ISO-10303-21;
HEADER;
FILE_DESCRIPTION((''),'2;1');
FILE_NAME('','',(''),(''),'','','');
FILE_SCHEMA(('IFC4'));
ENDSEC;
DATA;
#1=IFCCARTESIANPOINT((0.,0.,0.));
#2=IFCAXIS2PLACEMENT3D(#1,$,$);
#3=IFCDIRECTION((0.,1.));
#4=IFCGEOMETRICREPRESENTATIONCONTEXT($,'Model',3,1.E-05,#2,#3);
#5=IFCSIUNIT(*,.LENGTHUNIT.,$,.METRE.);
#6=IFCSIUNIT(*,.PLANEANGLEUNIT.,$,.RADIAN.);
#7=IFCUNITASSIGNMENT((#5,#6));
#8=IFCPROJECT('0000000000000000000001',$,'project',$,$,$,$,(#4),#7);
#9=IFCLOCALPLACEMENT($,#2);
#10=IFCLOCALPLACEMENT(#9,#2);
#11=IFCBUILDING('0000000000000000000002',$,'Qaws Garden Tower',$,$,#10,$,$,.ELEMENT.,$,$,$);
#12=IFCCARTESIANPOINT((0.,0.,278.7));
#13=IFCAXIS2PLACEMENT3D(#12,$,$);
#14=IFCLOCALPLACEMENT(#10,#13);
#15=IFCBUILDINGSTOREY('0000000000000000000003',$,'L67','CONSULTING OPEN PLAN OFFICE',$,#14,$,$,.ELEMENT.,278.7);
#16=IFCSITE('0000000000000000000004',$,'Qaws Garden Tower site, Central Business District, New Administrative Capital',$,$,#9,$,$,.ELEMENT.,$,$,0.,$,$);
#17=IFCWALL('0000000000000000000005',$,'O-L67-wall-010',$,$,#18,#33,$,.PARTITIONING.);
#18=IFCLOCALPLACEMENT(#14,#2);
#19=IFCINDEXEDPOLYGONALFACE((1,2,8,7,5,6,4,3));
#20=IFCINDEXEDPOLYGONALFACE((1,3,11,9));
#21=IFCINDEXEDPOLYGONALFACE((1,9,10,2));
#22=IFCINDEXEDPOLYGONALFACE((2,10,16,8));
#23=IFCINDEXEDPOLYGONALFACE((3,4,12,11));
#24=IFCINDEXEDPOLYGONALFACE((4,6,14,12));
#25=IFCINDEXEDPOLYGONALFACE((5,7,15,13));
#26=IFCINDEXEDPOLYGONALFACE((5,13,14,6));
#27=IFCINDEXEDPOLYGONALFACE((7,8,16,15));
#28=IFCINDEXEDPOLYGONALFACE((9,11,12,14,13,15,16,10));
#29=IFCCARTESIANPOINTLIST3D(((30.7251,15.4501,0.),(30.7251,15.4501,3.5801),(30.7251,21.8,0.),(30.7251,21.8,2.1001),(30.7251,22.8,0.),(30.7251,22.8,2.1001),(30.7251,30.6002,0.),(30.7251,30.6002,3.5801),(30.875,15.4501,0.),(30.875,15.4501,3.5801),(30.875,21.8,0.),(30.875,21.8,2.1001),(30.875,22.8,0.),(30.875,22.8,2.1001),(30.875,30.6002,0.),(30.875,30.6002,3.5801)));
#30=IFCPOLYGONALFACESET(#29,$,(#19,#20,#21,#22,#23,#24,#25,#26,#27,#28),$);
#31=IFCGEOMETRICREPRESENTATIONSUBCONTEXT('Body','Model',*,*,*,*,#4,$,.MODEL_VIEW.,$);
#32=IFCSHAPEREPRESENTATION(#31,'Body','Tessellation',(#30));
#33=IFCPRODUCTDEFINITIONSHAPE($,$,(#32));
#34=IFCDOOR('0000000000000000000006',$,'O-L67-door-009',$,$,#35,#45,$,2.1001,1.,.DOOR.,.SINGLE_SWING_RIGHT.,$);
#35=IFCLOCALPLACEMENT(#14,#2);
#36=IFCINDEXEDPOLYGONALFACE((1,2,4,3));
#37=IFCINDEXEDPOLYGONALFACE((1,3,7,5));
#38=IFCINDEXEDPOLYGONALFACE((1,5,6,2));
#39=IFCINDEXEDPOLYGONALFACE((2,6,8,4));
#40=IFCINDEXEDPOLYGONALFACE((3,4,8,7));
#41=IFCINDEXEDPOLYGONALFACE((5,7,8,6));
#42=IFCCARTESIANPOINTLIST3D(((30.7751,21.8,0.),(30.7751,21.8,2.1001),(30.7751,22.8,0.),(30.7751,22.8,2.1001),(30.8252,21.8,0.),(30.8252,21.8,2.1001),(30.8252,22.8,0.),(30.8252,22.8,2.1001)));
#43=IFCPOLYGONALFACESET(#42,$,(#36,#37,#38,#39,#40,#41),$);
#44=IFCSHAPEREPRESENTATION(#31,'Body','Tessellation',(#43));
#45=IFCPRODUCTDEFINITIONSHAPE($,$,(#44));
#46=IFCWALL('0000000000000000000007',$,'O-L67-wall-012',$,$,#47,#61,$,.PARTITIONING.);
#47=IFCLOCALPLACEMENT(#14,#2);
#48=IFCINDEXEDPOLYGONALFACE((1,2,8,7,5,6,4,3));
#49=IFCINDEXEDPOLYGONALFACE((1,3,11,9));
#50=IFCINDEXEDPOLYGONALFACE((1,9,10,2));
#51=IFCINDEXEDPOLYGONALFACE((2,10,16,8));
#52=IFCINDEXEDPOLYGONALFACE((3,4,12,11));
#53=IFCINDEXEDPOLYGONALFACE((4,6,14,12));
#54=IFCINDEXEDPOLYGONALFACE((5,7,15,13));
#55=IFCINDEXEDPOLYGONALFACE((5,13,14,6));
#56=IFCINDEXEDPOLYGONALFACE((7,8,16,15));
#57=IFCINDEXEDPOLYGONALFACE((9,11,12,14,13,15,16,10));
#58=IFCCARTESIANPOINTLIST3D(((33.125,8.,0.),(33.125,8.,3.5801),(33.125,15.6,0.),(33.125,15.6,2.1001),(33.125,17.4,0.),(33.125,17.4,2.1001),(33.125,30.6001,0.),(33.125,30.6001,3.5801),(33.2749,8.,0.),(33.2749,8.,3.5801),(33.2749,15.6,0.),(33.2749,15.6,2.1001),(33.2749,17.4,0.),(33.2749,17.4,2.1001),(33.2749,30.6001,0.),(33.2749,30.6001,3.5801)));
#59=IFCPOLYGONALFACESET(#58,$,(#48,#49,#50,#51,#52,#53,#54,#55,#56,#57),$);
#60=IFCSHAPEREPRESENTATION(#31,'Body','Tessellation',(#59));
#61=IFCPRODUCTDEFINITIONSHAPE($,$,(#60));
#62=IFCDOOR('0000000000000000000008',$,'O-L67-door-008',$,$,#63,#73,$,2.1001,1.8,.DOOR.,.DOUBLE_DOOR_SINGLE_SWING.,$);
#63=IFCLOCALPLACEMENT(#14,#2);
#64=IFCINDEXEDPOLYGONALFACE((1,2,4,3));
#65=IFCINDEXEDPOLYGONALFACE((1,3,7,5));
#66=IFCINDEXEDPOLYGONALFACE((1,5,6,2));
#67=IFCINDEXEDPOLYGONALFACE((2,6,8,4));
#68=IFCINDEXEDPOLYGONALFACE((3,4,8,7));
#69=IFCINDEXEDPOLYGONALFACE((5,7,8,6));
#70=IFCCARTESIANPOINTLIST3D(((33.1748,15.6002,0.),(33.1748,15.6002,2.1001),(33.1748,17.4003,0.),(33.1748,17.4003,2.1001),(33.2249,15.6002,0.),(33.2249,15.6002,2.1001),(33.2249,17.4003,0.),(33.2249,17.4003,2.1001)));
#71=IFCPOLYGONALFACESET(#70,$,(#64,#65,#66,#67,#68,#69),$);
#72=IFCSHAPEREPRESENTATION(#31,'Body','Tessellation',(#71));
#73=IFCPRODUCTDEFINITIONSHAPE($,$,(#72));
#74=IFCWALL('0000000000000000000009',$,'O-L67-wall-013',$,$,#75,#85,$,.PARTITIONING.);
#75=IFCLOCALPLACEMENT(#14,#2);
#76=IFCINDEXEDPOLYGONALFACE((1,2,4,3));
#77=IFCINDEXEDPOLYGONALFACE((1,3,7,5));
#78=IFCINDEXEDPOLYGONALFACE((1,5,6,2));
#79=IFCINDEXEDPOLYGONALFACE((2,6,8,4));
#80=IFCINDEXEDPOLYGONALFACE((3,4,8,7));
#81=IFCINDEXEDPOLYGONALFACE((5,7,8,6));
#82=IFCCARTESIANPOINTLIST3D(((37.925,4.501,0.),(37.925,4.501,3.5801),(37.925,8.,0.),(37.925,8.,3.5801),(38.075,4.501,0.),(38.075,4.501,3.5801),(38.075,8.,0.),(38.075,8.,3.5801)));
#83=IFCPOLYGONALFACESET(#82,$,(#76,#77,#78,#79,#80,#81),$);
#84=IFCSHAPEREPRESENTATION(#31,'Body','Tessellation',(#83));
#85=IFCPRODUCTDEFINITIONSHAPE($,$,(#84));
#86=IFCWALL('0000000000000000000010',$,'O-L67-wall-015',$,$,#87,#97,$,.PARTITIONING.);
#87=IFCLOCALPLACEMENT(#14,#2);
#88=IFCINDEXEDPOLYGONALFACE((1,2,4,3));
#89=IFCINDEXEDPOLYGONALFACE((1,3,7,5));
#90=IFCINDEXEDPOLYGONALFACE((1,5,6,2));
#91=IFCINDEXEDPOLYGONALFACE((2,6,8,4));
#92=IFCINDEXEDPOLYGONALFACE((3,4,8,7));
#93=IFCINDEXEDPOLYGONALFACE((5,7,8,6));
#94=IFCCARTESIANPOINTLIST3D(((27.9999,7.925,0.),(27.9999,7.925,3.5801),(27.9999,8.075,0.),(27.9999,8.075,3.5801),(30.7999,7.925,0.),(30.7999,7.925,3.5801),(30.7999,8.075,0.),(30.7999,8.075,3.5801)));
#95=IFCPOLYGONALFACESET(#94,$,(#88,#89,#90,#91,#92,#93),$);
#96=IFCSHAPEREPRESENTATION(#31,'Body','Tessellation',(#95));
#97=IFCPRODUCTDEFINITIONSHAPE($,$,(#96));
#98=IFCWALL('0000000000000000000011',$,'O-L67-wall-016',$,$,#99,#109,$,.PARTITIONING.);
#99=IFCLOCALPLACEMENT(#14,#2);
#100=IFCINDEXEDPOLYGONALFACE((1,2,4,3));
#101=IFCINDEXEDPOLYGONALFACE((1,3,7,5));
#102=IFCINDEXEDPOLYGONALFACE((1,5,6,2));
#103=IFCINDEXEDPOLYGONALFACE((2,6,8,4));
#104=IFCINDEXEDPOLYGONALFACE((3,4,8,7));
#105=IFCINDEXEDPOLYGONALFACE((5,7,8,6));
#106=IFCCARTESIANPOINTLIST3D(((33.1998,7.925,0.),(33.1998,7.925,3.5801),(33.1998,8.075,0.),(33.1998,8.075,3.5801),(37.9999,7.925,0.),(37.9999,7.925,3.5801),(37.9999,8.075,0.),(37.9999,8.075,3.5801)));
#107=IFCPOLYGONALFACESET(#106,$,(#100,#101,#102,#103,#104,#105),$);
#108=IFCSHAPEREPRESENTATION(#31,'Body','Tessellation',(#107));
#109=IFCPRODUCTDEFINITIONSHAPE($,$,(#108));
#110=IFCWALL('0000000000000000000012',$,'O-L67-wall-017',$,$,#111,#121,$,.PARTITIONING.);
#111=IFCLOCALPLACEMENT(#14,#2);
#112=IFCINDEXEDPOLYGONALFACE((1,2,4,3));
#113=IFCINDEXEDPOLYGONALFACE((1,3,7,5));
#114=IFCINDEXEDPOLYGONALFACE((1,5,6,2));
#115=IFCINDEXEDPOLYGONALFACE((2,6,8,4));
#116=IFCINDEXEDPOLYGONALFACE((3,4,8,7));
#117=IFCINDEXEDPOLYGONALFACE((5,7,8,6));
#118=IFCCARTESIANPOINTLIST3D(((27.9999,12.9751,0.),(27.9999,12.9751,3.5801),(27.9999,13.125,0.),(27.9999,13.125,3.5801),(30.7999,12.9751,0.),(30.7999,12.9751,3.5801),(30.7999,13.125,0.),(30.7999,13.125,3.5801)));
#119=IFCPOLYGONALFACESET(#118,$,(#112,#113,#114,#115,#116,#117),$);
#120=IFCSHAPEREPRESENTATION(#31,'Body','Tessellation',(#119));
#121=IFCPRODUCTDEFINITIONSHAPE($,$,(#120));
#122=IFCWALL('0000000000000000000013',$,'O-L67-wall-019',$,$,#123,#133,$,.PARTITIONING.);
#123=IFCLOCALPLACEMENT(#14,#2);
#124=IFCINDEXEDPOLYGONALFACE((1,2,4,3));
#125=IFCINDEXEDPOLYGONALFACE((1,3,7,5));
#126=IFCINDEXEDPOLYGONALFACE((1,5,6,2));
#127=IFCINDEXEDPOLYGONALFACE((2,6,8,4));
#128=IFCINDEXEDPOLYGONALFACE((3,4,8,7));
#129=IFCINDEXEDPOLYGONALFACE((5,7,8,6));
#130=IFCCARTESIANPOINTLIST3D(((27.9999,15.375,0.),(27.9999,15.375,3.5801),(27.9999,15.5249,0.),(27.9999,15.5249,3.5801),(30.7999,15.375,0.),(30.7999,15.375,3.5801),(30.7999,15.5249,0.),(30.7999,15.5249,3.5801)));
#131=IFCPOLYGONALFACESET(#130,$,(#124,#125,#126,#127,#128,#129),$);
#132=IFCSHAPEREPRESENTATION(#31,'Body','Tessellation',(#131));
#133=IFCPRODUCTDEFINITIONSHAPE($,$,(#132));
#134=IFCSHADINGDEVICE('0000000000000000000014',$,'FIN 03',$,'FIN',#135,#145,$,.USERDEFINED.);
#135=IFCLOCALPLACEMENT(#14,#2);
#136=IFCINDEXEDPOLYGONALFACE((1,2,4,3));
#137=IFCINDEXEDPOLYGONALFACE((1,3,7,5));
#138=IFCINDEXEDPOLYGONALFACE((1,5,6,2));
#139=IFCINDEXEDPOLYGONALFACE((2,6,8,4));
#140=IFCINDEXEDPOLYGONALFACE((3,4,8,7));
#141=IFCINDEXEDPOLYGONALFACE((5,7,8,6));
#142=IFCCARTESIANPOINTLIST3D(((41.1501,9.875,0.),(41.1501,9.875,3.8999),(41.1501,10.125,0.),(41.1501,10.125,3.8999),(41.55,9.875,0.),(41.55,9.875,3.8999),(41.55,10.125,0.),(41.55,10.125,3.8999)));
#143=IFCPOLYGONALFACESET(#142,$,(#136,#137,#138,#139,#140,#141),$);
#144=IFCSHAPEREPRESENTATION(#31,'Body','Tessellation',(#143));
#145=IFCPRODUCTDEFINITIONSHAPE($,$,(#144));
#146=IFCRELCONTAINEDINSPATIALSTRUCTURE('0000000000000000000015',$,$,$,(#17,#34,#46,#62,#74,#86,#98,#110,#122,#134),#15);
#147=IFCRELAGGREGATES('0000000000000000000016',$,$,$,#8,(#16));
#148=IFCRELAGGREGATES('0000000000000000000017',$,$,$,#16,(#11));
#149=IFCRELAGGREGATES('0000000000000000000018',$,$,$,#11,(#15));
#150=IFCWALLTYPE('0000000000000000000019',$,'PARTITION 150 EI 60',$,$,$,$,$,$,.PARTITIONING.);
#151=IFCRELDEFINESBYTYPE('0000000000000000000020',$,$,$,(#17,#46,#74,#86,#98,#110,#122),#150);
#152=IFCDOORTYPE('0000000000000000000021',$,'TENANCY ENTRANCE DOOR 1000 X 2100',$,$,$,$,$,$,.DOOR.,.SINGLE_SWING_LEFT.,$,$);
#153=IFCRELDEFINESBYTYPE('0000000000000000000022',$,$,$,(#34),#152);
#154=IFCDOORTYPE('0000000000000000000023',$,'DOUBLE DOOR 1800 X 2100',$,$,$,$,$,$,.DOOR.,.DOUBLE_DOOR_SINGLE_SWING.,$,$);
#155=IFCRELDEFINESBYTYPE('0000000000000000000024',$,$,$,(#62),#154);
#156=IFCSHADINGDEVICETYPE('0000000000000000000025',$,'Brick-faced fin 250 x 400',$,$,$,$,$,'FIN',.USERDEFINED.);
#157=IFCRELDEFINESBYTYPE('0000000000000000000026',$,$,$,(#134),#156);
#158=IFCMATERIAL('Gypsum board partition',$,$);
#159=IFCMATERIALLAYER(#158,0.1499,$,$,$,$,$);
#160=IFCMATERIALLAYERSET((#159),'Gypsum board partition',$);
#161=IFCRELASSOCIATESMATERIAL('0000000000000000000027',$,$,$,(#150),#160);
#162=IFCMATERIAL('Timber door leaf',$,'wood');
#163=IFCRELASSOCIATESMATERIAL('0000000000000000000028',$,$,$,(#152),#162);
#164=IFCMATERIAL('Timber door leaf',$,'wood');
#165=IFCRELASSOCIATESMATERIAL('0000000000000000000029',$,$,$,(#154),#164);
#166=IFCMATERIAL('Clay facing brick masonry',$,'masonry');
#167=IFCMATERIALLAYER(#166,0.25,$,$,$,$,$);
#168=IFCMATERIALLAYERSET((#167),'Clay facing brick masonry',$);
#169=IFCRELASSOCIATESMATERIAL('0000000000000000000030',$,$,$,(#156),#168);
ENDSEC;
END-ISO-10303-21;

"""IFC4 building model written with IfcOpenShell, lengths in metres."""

from ifc_helpers import new_model, si_unit, direction, frame, frame_2d, origin, origin_2d, place, context, subcontext, project, spatial, rectangle, extrude, material, layer, layer_set, type_object, element, fill, save


model = new_model("IFC4")

# Units and contexts
model_context = context("Model", 3, precision=1e-05, world=origin(), true_north=direction((0.0, 1.0)))
body_context = subcontext(model_context, "Body", "Model", "MODEL_VIEW")
ifc_project = project(units=[si_unit("LENGTHUNIT", "METRE"), si_unit("PLANEANGLEUNIT", "RADIAN")], contexts=[model_context])

# Site, building, storey
site_placement = place(None, origin())
site = spatial("IfcSite", under=ifc_project, at=site_placement, Name="Qaws Garden Tower site, Central Business District, New Administrative Capital", CompositionType="ELEMENT", RefElevation=0.0)
building_placement = place(site_placement, origin())
building = spatial("IfcBuilding", under=site, at=building_placement, Name="Qaws Garden Tower", CompositionType="ELEMENT")
storey_placement = place(building_placement, frame((0.0, 0.0, 278.7)))
storey = spatial("IfcBuildingStorey", under=building, at=storey_placement, Name="L67", Description="CONSULTING OPEN PLAN OFFICE", CompositionType="ELEMENT", Elevation=278.7)

# Walls, openings, doors
ifc_material_1 = material(Name="Gypsum board partition")
ifc_layer_1 = layer(ifc_material_1, 0.1499)
ifc_layer_set_1 = layer_set([ifc_layer_1], Name="Gypsum board partition")
wall_type_1 = type_object("IfcWallType", Name="PARTITION 150 EI 60", PredefinedType="PARTITIONING", material=ifc_layer_set_1)
ifc_material_2 = material(Name="Timber door leaf", Category="wood")
door_type_1 = type_object("IfcDoorType", Name="TENANCY ENTRANCE DOOR 1000 X 2100", OperationType="SINGLE_SWING_LEFT", PredefinedType="DOOR", material=ifc_material_2)
wall_1_placement = place(storey_placement, frame((30.8, 15.45, 0.0), z_axis=(0.0, 0.0, 1.0), x_axis=(0.0, 1.0, 0.0)))
wall_1 = element("IfcWall", 1, at=wall_1_placement, inside=storey, type_object=wall_type_1, Name="O-L67-wall-010", PredefinedType="PARTITIONING", context=body_context, shape_type="SweptSolid", body=[
    extrude(rectangle(XDim=15.1501, YDim=0.1499, at=frame_2d((7.5752, 0.0))), origin(), (0.0, 0.0, 1.0), 3.5801),
])
opening_1_placement = place(wall_1_placement, frame((6.3501, 0.0, 0.0)))
opening_1 = element("IfcOpeningElement", 2, at=opening_1_placement, cuts=wall_1, PredefinedType="OPENING", context=body_context, shape_type="SweptSolid", body=[
    extrude(rectangle(XDim=1.0, YDim=2.1001, at=frame_2d((0.5, 1.05))), frame((0.0, 0.085, 0.0), z_axis=(0.0, -1.0, 0.0), x_axis=(1.0, 0.0, 0.0)), (0.0, 0.0, 1.0), 0.1699),
])
door_1_placement = place(opening_1_placement, origin())
door_1 = element("IfcDoor", 3, at=door_1_placement, inside=storey, type_object=door_type_1, Name="O-L67-door-009", OperationType="SINGLE_SWING_RIGHT", OverallHeight=2.1001, OverallWidth=1.0, PredefinedType="DOOR", context=body_context, shape_type="SweptSolid", body=[
    extrude(rectangle(XDim=1.0, YDim=2.1001, at=frame_2d((0.5, 1.05))), frame((0.0, 0.0249, 0.0), z_axis=(0.0, -1.0, 0.0), x_axis=(1.0, 0.0, 0.0)), (0.0, 0.0, 1.0), 0.05),
])
fill(opening_1, door_1)
wall_2_placement = place(storey_placement, frame((33.2, 8.0, 0.0), z_axis=(0.0, 0.0, 1.0), x_axis=(0.0, 1.0, 0.0)))
wall_2 = element("IfcWall", 4, at=wall_2_placement, inside=storey, type_object=wall_type_1, Name="O-L67-wall-012", PredefinedType="PARTITIONING", context=body_context, shape_type="SweptSolid", body=[
    extrude(rectangle(XDim=22.6001, YDim=0.1499, at=frame_2d((11.3, 0.0))), origin(), (0.0, 0.0, 1.0), 3.5801),
])
opening_2_placement = place(wall_2_placement, frame((7.6001, 0.0, 0.0)))
opening_2 = element("IfcOpeningElement", 5, at=opening_2_placement, cuts=wall_2, PredefinedType="OPENING", context=body_context, shape_type="SweptSolid", body=[
    extrude(rectangle(XDim=1.8, YDim=2.1001, at=frame_2d((0.8999, 1.05))), frame((0.0, 0.085, 0.0), z_axis=(0.0, -1.0, 0.0), x_axis=(1.0, 0.0, 0.0)), (0.0, 0.0, 1.0), 0.1699),
])
ifc_material_3 = material(Name="Timber door leaf", Category="wood")
door_type_2 = type_object("IfcDoorType", Name="DOUBLE DOOR 1800 X 2100", OperationType="DOUBLE_DOOR_SINGLE_SWING", PredefinedType="DOOR", material=ifc_material_3)
door_2_placement = place(opening_2_placement, frame((1.8, 0.0, 0.0), z_axis=(0.0, 0.0, 1.0), x_axis=(-1.0, 0.0, 0.0)))
door_2 = element("IfcDoor", 6, at=door_2_placement, inside=storey, type_object=door_type_2, Name="O-L67-door-008", OperationType="DOUBLE_DOOR_SINGLE_SWING", OverallHeight=2.1001, OverallWidth=1.8, PredefinedType="DOOR", context=body_context, shape_type="SweptSolid", body=[
    extrude(rectangle(XDim=1.8, YDim=2.1001, at=frame_2d((0.8999, 1.05))), frame((0.0, 0.0249, 0.0), z_axis=(0.0, -1.0, 0.0), x_axis=(1.0, 0.0, 0.0)), (0.0, 0.0, 1.0), 0.05),
])
fill(opening_2, door_2)

# Walls
wall_3_placement = place(storey_placement, frame((38.0, 4.501, 0.0), z_axis=(0.0, 0.0, 1.0), x_axis=(0.0, 1.0, 0.0)))
element("IfcWall", 7, at=wall_3_placement, inside=storey, type_object=wall_type_1, Name="O-L67-wall-013", PredefinedType="PARTITIONING", context=body_context, shape_type="SweptSolid", body=[
    extrude(rectangle(XDim=3.499, YDim=0.1499, at=frame_2d((1.7495, 0.0))), origin(), (0.0, 0.0, 1.0), 3.5801),
])
wall_4_placement = place(storey_placement, frame((28.0, 8.0, 0.0), z_axis=(0.0, 0.0, 1.0), x_axis=(1.0, 0.0, 0.0)))
element("IfcWall", 8, at=wall_4_placement, inside=storey, type_object=wall_type_1, Name="O-L67-wall-015", PredefinedType="PARTITIONING", context=body_context, shape_type="SweptSolid", body=[
    extrude(rectangle(XDim=2.8, YDim=0.1499, at=frame_2d((1.3999, 0.0))), origin(), (0.0, 0.0, 1.0), 3.5801),
])
wall_5_placement = place(storey_placement, frame((33.2, 8.0, 0.0), z_axis=(0.0, 0.0, 1.0), x_axis=(1.0, 0.0, 0.0)))
element("IfcWall", 9, at=wall_5_placement, inside=storey, type_object=wall_type_1, Name="O-L67-wall-016", PredefinedType="PARTITIONING", context=body_context, shape_type="SweptSolid", body=[
    extrude(rectangle(XDim=4.8, YDim=0.1499, at=frame_2d((2.3999, 0.0))), origin(), (0.0, 0.0, 1.0), 3.5801),
])
for number, where, z_axis, x_axis, name in (
    (10, (28.0, 13.05, 0.0), (0.0, 0.0, 1.0), (1.0, 0.0, 0.0), "O-L67-wall-017"),
    (11, (28.0, 15.45, 0.0), (0.0, 0.0, 1.0), (1.0, 0.0, 0.0), "O-L67-wall-019"),
):
    element("IfcWall", number, at=place(storey_placement, frame(where, z_axis=z_axis, x_axis=x_axis)), inside=storey, type_object=wall_type_1, Name=name, PredefinedType="PARTITIONING", context=body_context, shape_type="SweptSolid", body=[
        extrude(rectangle(XDim=2.8, YDim=0.1499, at=frame_2d((1.3999, 0.0))), origin(), (0.0, 0.0, 1.0), 3.5801),
    ])

# Shading device
ifc_material_4 = material(Name="Clay facing brick masonry", Category="masonry")
ifc_layer_2 = layer(ifc_material_4, 0.25)
ifc_layer_set_2 = layer_set([ifc_layer_2], Name="Clay facing brick masonry")
shading_device_type = type_object("IfcShadingDeviceType", Name="Brick-faced fin 250 x 400", ElementType="FIN", PredefinedType="USERDEFINED", material=ifc_layer_set_2)
shading_device_placement = place(storey_placement, frame((41.3501, 10.0, 0.0), z_axis=(0.0, 0.0, 1.0), x_axis=(0.0, 1.0, 0.0)))
element("IfcShadingDevice", 12, at=shading_device_placement, inside=storey, type_object=shading_device_type, Name="FIN 03", ObjectType="FIN", PredefinedType="USERDEFINED", context=body_context, shape_type="SweptSolid", body=[
    extrude(rectangle(XDim=0.25, YDim=0.3999, at=origin_2d()), origin(), (0.0, 0.0, 1.0), 3.8999),
])

save(model, "model.ifc")
